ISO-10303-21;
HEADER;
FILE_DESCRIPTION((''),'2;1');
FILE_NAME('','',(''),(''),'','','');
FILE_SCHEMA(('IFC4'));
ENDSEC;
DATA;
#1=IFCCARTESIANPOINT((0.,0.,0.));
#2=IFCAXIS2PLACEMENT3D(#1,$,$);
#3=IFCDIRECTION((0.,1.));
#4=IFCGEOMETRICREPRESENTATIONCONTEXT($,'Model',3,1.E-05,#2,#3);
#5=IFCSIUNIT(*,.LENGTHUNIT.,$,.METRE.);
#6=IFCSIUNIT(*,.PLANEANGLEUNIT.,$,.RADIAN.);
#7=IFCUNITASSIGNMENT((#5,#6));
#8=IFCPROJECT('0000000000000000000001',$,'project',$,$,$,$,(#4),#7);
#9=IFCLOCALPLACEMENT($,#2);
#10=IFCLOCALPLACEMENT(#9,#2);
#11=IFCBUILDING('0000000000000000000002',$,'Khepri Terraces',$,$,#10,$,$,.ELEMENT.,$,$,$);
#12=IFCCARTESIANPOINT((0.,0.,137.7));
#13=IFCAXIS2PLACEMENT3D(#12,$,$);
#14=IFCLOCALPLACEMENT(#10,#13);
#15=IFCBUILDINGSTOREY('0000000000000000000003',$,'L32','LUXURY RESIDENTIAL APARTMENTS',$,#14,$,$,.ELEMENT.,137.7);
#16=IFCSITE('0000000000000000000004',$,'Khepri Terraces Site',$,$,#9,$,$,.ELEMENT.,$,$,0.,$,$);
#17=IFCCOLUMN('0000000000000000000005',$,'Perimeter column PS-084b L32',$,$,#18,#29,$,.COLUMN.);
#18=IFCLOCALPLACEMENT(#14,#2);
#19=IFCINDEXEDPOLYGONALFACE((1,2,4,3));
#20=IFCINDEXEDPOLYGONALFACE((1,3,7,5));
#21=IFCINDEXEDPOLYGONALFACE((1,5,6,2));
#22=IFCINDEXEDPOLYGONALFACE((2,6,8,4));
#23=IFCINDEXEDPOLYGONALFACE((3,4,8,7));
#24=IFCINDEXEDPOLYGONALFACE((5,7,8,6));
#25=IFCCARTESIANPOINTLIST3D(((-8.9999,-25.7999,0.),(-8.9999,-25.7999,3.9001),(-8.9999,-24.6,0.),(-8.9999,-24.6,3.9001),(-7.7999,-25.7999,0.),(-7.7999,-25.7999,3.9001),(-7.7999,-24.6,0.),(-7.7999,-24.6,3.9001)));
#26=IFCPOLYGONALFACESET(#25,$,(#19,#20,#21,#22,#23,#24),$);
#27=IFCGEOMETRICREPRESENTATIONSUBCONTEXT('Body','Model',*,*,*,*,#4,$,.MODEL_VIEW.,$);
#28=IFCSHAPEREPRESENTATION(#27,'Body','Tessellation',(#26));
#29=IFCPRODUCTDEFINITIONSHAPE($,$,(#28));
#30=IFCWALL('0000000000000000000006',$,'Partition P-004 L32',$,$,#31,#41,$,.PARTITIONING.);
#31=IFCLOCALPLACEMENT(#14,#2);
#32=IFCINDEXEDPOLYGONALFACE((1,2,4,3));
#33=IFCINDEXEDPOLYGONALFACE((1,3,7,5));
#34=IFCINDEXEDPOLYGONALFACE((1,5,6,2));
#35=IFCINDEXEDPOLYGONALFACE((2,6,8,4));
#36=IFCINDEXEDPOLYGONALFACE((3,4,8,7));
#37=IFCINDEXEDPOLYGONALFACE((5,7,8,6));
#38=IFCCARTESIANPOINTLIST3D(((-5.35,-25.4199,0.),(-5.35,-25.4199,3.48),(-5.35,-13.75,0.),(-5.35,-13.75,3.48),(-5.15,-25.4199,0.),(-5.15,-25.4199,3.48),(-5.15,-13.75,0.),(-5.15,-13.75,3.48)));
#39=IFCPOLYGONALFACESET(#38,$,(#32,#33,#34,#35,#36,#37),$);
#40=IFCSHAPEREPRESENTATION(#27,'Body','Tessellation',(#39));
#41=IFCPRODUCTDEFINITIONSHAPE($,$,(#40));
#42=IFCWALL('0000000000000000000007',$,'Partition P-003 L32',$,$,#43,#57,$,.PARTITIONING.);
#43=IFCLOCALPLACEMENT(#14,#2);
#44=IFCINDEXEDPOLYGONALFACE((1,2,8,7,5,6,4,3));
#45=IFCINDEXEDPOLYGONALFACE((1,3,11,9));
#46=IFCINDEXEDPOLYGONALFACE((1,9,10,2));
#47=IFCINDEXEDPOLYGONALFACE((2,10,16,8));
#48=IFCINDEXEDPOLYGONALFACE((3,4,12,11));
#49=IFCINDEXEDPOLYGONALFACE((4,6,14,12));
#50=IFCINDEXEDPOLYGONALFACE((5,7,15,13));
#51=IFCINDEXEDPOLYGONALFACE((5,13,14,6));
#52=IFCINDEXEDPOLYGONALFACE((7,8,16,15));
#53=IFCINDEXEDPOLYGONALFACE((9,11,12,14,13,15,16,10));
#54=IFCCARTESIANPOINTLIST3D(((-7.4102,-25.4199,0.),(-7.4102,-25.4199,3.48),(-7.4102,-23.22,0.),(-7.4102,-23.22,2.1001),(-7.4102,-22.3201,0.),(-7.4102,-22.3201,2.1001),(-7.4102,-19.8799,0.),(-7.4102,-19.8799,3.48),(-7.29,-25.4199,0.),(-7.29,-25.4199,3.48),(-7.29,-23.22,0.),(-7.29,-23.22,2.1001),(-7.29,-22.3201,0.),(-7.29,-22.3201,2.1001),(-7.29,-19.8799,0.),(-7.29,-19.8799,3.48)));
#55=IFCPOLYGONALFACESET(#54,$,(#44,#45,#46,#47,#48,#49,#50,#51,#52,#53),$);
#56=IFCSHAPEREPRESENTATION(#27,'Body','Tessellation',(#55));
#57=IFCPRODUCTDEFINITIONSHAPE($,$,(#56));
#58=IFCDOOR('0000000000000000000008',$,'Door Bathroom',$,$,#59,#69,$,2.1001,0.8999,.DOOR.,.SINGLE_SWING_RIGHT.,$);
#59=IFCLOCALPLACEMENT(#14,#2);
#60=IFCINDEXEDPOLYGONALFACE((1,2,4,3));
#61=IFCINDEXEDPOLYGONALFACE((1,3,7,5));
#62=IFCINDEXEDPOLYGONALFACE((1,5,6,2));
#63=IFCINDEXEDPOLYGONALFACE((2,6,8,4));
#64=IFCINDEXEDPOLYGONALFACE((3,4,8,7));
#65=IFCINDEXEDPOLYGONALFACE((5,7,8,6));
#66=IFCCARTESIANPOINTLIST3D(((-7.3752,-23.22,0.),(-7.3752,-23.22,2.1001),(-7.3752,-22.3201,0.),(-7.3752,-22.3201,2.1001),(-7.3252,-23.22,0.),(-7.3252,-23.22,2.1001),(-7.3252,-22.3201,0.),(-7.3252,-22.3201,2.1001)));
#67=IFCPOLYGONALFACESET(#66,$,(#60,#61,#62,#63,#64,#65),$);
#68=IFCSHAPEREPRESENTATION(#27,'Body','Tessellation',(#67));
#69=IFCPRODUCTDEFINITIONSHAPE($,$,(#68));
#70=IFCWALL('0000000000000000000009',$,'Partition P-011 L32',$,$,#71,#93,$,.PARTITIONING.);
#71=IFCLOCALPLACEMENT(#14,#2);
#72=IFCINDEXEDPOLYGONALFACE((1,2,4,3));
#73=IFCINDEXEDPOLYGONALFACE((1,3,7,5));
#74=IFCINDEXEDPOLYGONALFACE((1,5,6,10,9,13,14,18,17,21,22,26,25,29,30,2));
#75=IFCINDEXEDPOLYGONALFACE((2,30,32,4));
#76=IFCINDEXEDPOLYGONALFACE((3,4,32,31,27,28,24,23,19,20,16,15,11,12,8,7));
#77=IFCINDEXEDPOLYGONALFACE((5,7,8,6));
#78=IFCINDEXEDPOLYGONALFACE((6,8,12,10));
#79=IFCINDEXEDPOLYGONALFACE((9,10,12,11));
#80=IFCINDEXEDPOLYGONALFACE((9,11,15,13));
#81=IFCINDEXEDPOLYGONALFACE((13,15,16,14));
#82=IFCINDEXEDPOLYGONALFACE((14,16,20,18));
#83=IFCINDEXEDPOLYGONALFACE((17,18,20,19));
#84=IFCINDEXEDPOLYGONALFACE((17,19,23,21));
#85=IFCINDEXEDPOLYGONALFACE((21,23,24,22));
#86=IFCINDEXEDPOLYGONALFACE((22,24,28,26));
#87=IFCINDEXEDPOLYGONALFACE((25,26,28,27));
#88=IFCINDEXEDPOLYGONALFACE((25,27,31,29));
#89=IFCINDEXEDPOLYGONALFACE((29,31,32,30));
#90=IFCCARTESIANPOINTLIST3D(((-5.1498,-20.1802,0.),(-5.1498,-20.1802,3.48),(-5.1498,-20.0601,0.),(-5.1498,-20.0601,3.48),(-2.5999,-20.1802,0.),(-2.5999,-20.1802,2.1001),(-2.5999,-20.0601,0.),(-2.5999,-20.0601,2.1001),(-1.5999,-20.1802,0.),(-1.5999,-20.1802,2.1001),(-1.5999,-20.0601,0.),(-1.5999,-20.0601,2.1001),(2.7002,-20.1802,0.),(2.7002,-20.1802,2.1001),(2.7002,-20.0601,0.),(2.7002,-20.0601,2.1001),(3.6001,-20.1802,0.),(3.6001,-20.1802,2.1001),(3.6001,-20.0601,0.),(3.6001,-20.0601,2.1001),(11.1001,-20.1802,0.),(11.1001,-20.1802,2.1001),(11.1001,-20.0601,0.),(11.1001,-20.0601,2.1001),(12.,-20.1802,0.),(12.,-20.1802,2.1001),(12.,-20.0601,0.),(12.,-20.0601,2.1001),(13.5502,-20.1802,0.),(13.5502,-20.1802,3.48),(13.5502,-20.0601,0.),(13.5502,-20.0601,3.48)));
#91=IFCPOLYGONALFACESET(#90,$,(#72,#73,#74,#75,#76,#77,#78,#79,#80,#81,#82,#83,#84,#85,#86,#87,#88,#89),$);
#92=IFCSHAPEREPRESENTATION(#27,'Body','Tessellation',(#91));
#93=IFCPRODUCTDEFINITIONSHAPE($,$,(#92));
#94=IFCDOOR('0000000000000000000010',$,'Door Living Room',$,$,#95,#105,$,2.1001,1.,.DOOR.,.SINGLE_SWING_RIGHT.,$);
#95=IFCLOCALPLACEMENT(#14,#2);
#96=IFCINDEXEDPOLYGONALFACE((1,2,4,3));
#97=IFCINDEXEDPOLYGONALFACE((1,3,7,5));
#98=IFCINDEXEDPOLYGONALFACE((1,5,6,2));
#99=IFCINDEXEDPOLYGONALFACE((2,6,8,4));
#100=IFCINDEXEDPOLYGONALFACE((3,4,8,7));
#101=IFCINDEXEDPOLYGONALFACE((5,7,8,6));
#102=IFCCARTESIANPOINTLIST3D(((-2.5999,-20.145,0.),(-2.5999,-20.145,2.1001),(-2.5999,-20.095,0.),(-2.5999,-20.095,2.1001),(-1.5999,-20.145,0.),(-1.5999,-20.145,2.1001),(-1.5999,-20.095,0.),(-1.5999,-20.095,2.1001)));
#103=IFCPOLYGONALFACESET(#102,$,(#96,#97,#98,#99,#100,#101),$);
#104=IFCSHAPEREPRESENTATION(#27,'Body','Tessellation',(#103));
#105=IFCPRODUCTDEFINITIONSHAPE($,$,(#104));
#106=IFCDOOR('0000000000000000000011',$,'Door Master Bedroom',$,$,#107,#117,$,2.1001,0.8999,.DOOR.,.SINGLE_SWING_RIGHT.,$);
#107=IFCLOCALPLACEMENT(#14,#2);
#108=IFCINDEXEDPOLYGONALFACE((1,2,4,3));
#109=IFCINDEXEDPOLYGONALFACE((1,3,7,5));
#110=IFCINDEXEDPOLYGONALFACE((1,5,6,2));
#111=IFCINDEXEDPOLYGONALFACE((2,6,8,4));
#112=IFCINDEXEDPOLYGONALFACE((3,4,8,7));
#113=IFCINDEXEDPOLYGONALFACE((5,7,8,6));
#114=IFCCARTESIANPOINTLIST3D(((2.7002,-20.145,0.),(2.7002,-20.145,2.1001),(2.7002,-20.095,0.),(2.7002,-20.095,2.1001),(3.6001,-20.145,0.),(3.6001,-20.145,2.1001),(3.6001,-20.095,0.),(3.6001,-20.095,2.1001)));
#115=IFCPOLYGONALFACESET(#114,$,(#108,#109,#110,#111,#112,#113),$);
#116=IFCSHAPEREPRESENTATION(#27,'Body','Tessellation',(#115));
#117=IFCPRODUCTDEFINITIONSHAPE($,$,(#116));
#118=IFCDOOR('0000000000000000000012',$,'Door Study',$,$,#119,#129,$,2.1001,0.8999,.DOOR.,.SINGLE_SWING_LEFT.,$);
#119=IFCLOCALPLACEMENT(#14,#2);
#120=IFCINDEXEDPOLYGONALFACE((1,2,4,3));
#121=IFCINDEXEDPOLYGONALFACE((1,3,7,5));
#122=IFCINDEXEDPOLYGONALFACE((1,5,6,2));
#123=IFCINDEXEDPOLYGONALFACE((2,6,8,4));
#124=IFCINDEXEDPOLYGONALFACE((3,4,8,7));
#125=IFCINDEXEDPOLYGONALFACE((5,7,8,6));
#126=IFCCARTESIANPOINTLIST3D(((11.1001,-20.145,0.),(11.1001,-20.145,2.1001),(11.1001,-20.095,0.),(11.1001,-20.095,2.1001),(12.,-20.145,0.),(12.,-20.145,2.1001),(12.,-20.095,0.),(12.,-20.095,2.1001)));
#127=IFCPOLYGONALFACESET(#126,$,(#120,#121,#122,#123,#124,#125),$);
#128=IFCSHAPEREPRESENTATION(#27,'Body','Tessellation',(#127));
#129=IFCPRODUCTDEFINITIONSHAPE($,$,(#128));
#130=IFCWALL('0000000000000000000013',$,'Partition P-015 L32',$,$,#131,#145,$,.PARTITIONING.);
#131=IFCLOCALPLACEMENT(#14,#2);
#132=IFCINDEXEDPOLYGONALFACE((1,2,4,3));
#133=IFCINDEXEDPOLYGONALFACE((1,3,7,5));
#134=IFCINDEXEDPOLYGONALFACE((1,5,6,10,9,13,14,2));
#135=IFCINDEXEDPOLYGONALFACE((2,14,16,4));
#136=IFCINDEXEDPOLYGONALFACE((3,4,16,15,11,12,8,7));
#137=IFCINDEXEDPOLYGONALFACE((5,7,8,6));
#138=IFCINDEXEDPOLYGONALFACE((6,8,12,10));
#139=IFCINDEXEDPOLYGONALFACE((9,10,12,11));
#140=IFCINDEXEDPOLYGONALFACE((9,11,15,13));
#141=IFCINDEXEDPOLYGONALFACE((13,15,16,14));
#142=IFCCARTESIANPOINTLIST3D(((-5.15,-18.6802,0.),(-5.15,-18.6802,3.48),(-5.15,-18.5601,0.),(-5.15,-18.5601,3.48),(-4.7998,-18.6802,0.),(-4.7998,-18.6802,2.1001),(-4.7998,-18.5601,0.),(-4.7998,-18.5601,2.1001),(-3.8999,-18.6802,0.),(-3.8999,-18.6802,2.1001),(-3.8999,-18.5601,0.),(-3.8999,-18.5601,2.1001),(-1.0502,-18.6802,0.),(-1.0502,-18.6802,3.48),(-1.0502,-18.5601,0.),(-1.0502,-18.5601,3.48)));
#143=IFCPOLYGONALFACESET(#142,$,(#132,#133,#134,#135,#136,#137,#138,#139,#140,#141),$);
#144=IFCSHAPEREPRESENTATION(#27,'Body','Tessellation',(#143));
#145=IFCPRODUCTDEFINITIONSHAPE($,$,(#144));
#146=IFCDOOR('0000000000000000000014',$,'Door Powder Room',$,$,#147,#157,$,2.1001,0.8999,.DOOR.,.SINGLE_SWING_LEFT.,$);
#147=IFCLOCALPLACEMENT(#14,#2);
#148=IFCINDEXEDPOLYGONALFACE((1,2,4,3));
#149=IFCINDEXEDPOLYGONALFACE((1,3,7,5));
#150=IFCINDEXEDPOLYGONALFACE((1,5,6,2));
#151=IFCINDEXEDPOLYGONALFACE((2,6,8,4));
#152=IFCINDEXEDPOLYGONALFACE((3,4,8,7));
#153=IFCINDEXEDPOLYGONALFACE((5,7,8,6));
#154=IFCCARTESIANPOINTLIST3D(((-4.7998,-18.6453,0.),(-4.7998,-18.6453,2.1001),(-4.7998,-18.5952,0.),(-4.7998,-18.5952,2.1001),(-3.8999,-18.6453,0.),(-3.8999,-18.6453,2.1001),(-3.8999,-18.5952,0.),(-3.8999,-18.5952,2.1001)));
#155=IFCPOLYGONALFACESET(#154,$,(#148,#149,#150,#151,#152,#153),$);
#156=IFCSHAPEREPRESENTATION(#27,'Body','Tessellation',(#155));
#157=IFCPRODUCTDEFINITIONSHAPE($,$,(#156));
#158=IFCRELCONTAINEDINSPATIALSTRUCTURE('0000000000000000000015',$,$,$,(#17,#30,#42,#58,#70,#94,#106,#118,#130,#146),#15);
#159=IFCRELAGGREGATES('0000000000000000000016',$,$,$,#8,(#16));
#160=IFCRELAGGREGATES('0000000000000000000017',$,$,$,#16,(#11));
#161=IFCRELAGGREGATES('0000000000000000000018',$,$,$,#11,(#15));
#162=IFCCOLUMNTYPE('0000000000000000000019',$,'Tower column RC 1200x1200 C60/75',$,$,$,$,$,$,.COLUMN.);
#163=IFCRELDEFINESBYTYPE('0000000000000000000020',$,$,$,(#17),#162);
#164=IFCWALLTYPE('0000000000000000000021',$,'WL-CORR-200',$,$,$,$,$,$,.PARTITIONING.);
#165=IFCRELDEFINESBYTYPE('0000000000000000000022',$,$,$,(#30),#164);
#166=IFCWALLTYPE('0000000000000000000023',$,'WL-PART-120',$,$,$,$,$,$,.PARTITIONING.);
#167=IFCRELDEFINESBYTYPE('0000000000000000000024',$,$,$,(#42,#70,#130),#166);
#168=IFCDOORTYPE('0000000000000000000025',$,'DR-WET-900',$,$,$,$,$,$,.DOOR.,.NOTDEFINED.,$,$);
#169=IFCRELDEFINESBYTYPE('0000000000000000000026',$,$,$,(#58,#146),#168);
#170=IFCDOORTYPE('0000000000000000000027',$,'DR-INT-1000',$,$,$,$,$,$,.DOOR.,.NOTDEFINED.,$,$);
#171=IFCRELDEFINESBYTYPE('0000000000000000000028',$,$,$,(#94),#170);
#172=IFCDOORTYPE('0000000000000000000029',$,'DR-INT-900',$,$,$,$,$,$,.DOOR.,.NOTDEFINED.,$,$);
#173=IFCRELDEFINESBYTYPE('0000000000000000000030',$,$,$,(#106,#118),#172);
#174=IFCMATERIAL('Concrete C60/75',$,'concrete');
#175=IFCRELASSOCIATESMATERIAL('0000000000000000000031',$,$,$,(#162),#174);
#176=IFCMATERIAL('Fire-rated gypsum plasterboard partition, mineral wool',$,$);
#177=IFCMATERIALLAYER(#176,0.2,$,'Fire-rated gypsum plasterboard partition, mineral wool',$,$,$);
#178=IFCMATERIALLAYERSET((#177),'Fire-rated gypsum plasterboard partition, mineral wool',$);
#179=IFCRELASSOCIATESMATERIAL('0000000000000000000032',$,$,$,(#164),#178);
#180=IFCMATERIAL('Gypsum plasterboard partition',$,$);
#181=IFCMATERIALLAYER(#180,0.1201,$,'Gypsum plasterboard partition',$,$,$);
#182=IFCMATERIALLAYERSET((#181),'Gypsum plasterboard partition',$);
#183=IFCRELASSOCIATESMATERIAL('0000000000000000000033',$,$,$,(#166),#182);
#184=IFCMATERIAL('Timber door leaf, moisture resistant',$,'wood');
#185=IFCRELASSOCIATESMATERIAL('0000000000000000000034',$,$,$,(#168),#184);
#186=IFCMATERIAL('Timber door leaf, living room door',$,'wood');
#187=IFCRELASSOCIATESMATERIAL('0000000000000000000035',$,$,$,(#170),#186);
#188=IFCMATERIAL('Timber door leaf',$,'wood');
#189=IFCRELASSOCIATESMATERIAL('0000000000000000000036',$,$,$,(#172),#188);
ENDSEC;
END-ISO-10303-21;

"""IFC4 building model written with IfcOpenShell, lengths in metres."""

from ifc_helpers import new_model, si_unit, direction, frame, frame_2d, origin, origin_2d, place, context, subcontext, project, spatial, rectangle, extrude, material, layer, layer_set, material_profile, profile_set, type_object, element, fill, save


model = new_model("IFC4")

# Units and contexts
model_context = context("Model", 3, precision=1e-05, world=origin(), true_north=direction((0.0, 1.0)))
body_context = subcontext(model_context, "Body", "Model", "MODEL_VIEW")
ifc_project = project(units=[si_unit("LENGTHUNIT", "METRE"), si_unit("PLANEANGLEUNIT", "RADIAN")], contexts=[model_context])

# Site, building, storey
site_placement = place(None, origin())
site = spatial("IfcSite", under=ifc_project, at=site_placement, Name="Khepri Terraces Site", CompositionType="ELEMENT", RefElevation=0.0)
building_placement = place(site_placement, origin())
building = spatial("IfcBuilding", under=site, at=building_placement, Name="Khepri Terraces", CompositionType="ELEMENT")
storey_placement = place(building_placement, frame((0.0, 0.0, 137.7)))
storey = spatial("IfcBuildingStorey", under=building, at=storey_placement, Name="L32", Description="LUXURY RESIDENTIAL APARTMENTS", CompositionType="ELEMENT", Elevation=137.7)

# Column
ifc_material_1 = material(Name="Concrete C60/75", Category="concrete")
ifc_material_profile = material_profile(ifc_material_1, rectangle(XDim=1.2, YDim=1.2, at=origin_2d()), Name="Concrete C60/75", Category="concrete")
ifc_profile_set = profile_set([ifc_material_profile], Name="Concrete C60/75")
column_type = type_object("IfcColumnType", Name="Tower column RC 1200x1200 C60/75", PredefinedType="COLUMN", material=ifc_profile_set)
column_placement = place(storey_placement, frame((-8.3999, -25.2, 0.0), z_axis=(0.0, 0.0, 1.0), x_axis=(1.0, 0.0, 0.0)))
element("IfcColumn", 1, at=column_placement, inside=storey, type_object=column_type, Name="Perimeter column PS-084b L32", PredefinedType="COLUMN", context=body_context, shape_type="SweptSolid", body=[
    extrude(rectangle(XDim=1.2, YDim=1.2, at=origin_2d()), origin(), (0.0, 0.0, 1.0), 3.9001),
])

# Wall
ifc_material_2 = material(Name="Fire-rated gypsum plasterboard partition, mineral wool")
ifc_layer_1 = layer(ifc_material_2, 0.2, Name="Fire-rated gypsum plasterboard partition, mineral wool")
ifc_layer_set_1 = layer_set([ifc_layer_1], Name="Fire-rated gypsum plasterboard partition, mineral wool")
wall_type_1 = type_object("IfcWallType", Name="WL-CORR-200", PredefinedType="PARTITIONING", material=ifc_layer_set_1)
wall_1_placement = place(storey_placement, frame((-5.25, -25.4199, 0.0), z_axis=(0.0, 0.0, 1.0), x_axis=(0.0, 1.0, 0.0)))
element("IfcWall", 2, at=wall_1_placement, inside=storey, type_object=wall_type_1, Name="Partition P-004 L32", PredefinedType="PARTITIONING", context=body_context, shape_type="SweptSolid", body=[
    extrude(rectangle(XDim=11.6699, YDim=0.2, at=frame_2d((5.835, 0.0))), origin(), (0.0, 0.0, 1.0), 3.48),
])

# Wall, opening, door
ifc_material_3 = material(Name="Gypsum plasterboard partition")
ifc_layer_2 = layer(ifc_material_3, 0.1201, Name="Gypsum plasterboard partition")
ifc_layer_set_2 = layer_set([ifc_layer_2], Name="Gypsum plasterboard partition")
wall_type_2 = type_object("IfcWallType", Name="WL-PART-120", PredefinedType="PARTITIONING", material=ifc_layer_set_2)
wall_2_placement = place(storey_placement, frame((-7.3501, -25.4199, 0.0), z_axis=(0.0, 0.0, 1.0), x_axis=(0.0, 1.0, 0.0)))
wall_2 = element("IfcWall", 3, at=wall_2_placement, inside=storey, type_object=wall_type_2, Name="Partition P-003 L32", PredefinedType="PARTITIONING", context=body_context, shape_type="SweptSolid", body=[
    extrude(rectangle(XDim=5.54, YDim=0.1201, at=frame_2d((2.77, 0.0))), origin(), (0.0, 0.0, 1.0), 3.48),
])
opening_1_placement = place(wall_2_placement, frame((2.2, 0.0, 0.0)))
opening_1 = element("IfcOpeningElement", 4, at=opening_1_placement, cuts=wall_2, PredefinedType="OPENING", context=body_context, shape_type="SweptSolid", body=[
    extrude(rectangle(XDim=0.8999, YDim=2.1001, at=frame_2d((0.45, 1.05))), frame((0.0, 0.0701, 0.0), z_axis=(0.0, -1.0, 0.0), x_axis=(1.0, 0.0, 0.0)), (0.0, 0.0, 1.0), 0.1401),
])
ifc_material_4 = material(Name="Timber door leaf, moisture resistant", Category="wood")
door_type_1 = type_object("IfcDoorType", Name="DR-WET-900", OperationType="NOTDEFINED", PredefinedType="DOOR", material=ifc_material_4)
door_1_placement = place(opening_1_placement, frame((0.8999, 0.0, 0.0), z_axis=(0.0, 0.0, 1.0), x_axis=(-1.0, 0.0, 0.0)))
door_1 = element("IfcDoor", 5, at=door_1_placement, inside=storey, type_object=door_type_1, Name="Door Bathroom", OperationType="SINGLE_SWING_RIGHT", OverallHeight=2.1001, OverallWidth=0.8999, PredefinedType="DOOR", context=body_context, shape_type="SweptSolid", body=[
    extrude(rectangle(XDim=0.8999, YDim=2.1001, at=frame_2d((0.45, 1.05))), frame((0.0, 0.0249, 0.0), z_axis=(0.0, -1.0, 0.0), x_axis=(1.0, 0.0, 0.0)), (0.0, 0.0, 1.0), 0.05),
])
fill(opening_1, door_1)

# Wall, openings, doors
wall_3_placement = place(storey_placement, frame((-5.1499, -20.1201, 0.0), z_axis=(0.0, 0.0, 1.0), x_axis=(1.0, 0.0, 0.0)))
wall_3 = element("IfcWall", 6, at=wall_3_placement, inside=storey, type_object=wall_type_2, Name="Partition P-011 L32", PredefinedType="PARTITIONING", context=body_context, shape_type="SweptSolid", body=[
    extrude(rectangle(XDim=18.7, YDim=0.1201, at=frame_2d((9.3501, 0.0))), origin(), (0.0, 0.0, 1.0), 3.48),
])
opening_2_placement = place(wall_3_placement, frame((2.55, 0.0, 0.0)))
opening_2 = element("IfcOpeningElement", 7, at=opening_2_placement, cuts=wall_3, PredefinedType="OPENING", context=body_context, shape_type="SweptSolid", body=[
    extrude(rectangle(XDim=1.0, YDim=2.1001, at=frame_2d((0.5, 1.05))), frame((0.0, 0.0701, 0.0), z_axis=(0.0, -1.0, 0.0), x_axis=(1.0, 0.0, 0.0)), (0.0, 0.0, 1.0), 0.1401),
])
opening_3_placement = place(wall_3_placement, frame((7.8501, 0.0, 0.0)))
opening_3 = element("IfcOpeningElement", 8, at=opening_3_placement, cuts=wall_3, PredefinedType="OPENING", context=body_context, shape_type="SweptSolid", body=[
    extrude(rectangle(XDim=0.8999, YDim=2.1001, at=frame_2d((0.45, 1.05))), frame((0.0, 0.0701, 0.0), z_axis=(0.0, -1.0, 0.0), x_axis=(1.0, 0.0, 0.0)), (0.0, 0.0, 1.0), 0.1401),
])
opening_4_placement = place(wall_3_placement, frame((16.25, 0.0, 0.0)))
opening_4 = element("IfcOpeningElement", 9, at=opening_4_placement, cuts=wall_3, PredefinedType="OPENING", context=body_context, shape_type="SweptSolid", body=[
    extrude(rectangle(XDim=0.8999, YDim=2.1001, at=frame_2d((0.45, 1.05))), frame((0.0, 0.0701, 0.0), z_axis=(0.0, -1.0, 0.0), x_axis=(1.0, 0.0, 0.0)), (0.0, 0.0, 1.0), 0.1401),
])
ifc_material_5 = material(Name="Timber door leaf, living room door", Category="wood")
door_type_2 = type_object("IfcDoorType", Name="DR-INT-1000", OperationType="NOTDEFINED", PredefinedType="DOOR", material=ifc_material_5)
door_2_placement = place(opening_2_placement, frame((1.0, 0.0, 0.0), z_axis=(0.0, 0.0, 1.0), x_axis=(-1.0, 0.0, 0.0)))
door_2 = element("IfcDoor", 10, at=door_2_placement, inside=storey, type_object=door_type_2, Name="Door Living Room", OperationType="SINGLE_SWING_RIGHT", OverallHeight=2.1001, OverallWidth=1.0, PredefinedType="DOOR", context=body_context, shape_type="SweptSolid", body=[
    extrude(rectangle(XDim=1.0, YDim=2.1001, at=frame_2d((0.5, 1.05))), frame((0.0, 0.0249, 0.0), z_axis=(0.0, -1.0, 0.0), x_axis=(1.0, 0.0, 0.0)), (0.0, 0.0, 1.0), 0.05),
])
fill(opening_2, door_2)
ifc_material_6 = material(Name="Timber door leaf", Category="wood")
door_type_3 = type_object("IfcDoorType", Name="DR-INT-900", OperationType="NOTDEFINED", PredefinedType="DOOR", material=ifc_material_6)
door_3_placement = place(opening_3_placement, frame((0.8999, 0.0, 0.0), z_axis=(0.0, 0.0, 1.0), x_axis=(-1.0, 0.0, 0.0)))
door_3 = element("IfcDoor", 11, at=door_3_placement, inside=storey, type_object=door_type_3, Name="Door Master Bedroom", OperationType="SINGLE_SWING_RIGHT", OverallHeight=2.1001, OverallWidth=0.8999, PredefinedType="DOOR", context=body_context, shape_type="SweptSolid", body=[
    extrude(rectangle(XDim=0.8999, YDim=2.1001, at=frame_2d((0.45, 1.05))), frame((0.0, 0.0249, 0.0), z_axis=(0.0, -1.0, 0.0), x_axis=(1.0, 0.0, 0.0)), (0.0, 0.0, 1.0), 0.05),
])
fill(opening_3, door_3)
door_4_placement = place(opening_4_placement, frame((0.8999, 0.0, 0.0), z_axis=(0.0, 0.0, 1.0), x_axis=(-1.0, 0.0, 0.0)))
door_4 = element("IfcDoor", 12, at=door_4_placement, inside=storey, type_object=door_type_3, Name="Door Study", OperationType="SINGLE_SWING_LEFT", OverallHeight=2.1001, OverallWidth=0.8999, PredefinedType="DOOR", context=body_context, shape_type="SweptSolid", body=[
    extrude(rectangle(XDim=0.8999, YDim=2.1001, at=frame_2d((0.45, 1.05))), frame((0.0, 0.0249, 0.0), z_axis=(0.0, -1.0, 0.0), x_axis=(1.0, 0.0, 0.0)), (0.0, 0.0, 1.0), 0.05),
])
fill(opening_4, door_4)

# Wall, opening, door
wall_4_placement = place(storey_placement, frame((-5.1499, -18.6201, 0.0), z_axis=(0.0, 0.0, 1.0), x_axis=(1.0, 0.0, 0.0)))
wall_4 = element("IfcWall", 13, at=wall_4_placement, inside=storey, type_object=wall_type_2, Name="Partition P-015 L32", PredefinedType="PARTITIONING", context=body_context, shape_type="SweptSolid", body=[
    extrude(rectangle(XDim=4.0999, YDim=0.1201, at=frame_2d((2.0498, 0.0))), origin(), (0.0, 0.0, 1.0), 3.48),
])
opening_5_placement = place(wall_4_placement, frame((0.3501, 0.0, 0.0)))
opening_5 = element("IfcOpeningElement", 14, at=opening_5_placement, cuts=wall_4, PredefinedType="OPENING", context=body_context, shape_type="SweptSolid", body=[
    extrude(rectangle(XDim=0.8999, YDim=2.1001, at=frame_2d((0.45, 1.05))), frame((0.0, 0.0701, 0.0), z_axis=(0.0, -1.0, 0.0), x_axis=(1.0, 0.0, 0.0)), (0.0, 0.0, 1.0), 0.1401),
])
door_5_placement = place(opening_5_placement, origin())
door_5 = element("IfcDoor", 15, at=door_5_placement, inside=storey, type_object=door_type_1, Name="Door Powder Room", OperationType="SINGLE_SWING_LEFT", OverallHeight=2.1001, OverallWidth=0.8999, PredefinedType="DOOR", context=body_context, shape_type="SweptSolid", body=[
    extrude(rectangle(XDim=0.8999, YDim=2.1001, at=frame_2d((0.45, 1.05))), frame((0.0, 0.0249, 0.0), z_axis=(0.0, -1.0, 0.0), x_axis=(1.0, 0.0, 0.0)), (0.0, 0.0, 1.0), 0.05),
])
fill(opening_5, door_5)

save(model, "model.ifc")
